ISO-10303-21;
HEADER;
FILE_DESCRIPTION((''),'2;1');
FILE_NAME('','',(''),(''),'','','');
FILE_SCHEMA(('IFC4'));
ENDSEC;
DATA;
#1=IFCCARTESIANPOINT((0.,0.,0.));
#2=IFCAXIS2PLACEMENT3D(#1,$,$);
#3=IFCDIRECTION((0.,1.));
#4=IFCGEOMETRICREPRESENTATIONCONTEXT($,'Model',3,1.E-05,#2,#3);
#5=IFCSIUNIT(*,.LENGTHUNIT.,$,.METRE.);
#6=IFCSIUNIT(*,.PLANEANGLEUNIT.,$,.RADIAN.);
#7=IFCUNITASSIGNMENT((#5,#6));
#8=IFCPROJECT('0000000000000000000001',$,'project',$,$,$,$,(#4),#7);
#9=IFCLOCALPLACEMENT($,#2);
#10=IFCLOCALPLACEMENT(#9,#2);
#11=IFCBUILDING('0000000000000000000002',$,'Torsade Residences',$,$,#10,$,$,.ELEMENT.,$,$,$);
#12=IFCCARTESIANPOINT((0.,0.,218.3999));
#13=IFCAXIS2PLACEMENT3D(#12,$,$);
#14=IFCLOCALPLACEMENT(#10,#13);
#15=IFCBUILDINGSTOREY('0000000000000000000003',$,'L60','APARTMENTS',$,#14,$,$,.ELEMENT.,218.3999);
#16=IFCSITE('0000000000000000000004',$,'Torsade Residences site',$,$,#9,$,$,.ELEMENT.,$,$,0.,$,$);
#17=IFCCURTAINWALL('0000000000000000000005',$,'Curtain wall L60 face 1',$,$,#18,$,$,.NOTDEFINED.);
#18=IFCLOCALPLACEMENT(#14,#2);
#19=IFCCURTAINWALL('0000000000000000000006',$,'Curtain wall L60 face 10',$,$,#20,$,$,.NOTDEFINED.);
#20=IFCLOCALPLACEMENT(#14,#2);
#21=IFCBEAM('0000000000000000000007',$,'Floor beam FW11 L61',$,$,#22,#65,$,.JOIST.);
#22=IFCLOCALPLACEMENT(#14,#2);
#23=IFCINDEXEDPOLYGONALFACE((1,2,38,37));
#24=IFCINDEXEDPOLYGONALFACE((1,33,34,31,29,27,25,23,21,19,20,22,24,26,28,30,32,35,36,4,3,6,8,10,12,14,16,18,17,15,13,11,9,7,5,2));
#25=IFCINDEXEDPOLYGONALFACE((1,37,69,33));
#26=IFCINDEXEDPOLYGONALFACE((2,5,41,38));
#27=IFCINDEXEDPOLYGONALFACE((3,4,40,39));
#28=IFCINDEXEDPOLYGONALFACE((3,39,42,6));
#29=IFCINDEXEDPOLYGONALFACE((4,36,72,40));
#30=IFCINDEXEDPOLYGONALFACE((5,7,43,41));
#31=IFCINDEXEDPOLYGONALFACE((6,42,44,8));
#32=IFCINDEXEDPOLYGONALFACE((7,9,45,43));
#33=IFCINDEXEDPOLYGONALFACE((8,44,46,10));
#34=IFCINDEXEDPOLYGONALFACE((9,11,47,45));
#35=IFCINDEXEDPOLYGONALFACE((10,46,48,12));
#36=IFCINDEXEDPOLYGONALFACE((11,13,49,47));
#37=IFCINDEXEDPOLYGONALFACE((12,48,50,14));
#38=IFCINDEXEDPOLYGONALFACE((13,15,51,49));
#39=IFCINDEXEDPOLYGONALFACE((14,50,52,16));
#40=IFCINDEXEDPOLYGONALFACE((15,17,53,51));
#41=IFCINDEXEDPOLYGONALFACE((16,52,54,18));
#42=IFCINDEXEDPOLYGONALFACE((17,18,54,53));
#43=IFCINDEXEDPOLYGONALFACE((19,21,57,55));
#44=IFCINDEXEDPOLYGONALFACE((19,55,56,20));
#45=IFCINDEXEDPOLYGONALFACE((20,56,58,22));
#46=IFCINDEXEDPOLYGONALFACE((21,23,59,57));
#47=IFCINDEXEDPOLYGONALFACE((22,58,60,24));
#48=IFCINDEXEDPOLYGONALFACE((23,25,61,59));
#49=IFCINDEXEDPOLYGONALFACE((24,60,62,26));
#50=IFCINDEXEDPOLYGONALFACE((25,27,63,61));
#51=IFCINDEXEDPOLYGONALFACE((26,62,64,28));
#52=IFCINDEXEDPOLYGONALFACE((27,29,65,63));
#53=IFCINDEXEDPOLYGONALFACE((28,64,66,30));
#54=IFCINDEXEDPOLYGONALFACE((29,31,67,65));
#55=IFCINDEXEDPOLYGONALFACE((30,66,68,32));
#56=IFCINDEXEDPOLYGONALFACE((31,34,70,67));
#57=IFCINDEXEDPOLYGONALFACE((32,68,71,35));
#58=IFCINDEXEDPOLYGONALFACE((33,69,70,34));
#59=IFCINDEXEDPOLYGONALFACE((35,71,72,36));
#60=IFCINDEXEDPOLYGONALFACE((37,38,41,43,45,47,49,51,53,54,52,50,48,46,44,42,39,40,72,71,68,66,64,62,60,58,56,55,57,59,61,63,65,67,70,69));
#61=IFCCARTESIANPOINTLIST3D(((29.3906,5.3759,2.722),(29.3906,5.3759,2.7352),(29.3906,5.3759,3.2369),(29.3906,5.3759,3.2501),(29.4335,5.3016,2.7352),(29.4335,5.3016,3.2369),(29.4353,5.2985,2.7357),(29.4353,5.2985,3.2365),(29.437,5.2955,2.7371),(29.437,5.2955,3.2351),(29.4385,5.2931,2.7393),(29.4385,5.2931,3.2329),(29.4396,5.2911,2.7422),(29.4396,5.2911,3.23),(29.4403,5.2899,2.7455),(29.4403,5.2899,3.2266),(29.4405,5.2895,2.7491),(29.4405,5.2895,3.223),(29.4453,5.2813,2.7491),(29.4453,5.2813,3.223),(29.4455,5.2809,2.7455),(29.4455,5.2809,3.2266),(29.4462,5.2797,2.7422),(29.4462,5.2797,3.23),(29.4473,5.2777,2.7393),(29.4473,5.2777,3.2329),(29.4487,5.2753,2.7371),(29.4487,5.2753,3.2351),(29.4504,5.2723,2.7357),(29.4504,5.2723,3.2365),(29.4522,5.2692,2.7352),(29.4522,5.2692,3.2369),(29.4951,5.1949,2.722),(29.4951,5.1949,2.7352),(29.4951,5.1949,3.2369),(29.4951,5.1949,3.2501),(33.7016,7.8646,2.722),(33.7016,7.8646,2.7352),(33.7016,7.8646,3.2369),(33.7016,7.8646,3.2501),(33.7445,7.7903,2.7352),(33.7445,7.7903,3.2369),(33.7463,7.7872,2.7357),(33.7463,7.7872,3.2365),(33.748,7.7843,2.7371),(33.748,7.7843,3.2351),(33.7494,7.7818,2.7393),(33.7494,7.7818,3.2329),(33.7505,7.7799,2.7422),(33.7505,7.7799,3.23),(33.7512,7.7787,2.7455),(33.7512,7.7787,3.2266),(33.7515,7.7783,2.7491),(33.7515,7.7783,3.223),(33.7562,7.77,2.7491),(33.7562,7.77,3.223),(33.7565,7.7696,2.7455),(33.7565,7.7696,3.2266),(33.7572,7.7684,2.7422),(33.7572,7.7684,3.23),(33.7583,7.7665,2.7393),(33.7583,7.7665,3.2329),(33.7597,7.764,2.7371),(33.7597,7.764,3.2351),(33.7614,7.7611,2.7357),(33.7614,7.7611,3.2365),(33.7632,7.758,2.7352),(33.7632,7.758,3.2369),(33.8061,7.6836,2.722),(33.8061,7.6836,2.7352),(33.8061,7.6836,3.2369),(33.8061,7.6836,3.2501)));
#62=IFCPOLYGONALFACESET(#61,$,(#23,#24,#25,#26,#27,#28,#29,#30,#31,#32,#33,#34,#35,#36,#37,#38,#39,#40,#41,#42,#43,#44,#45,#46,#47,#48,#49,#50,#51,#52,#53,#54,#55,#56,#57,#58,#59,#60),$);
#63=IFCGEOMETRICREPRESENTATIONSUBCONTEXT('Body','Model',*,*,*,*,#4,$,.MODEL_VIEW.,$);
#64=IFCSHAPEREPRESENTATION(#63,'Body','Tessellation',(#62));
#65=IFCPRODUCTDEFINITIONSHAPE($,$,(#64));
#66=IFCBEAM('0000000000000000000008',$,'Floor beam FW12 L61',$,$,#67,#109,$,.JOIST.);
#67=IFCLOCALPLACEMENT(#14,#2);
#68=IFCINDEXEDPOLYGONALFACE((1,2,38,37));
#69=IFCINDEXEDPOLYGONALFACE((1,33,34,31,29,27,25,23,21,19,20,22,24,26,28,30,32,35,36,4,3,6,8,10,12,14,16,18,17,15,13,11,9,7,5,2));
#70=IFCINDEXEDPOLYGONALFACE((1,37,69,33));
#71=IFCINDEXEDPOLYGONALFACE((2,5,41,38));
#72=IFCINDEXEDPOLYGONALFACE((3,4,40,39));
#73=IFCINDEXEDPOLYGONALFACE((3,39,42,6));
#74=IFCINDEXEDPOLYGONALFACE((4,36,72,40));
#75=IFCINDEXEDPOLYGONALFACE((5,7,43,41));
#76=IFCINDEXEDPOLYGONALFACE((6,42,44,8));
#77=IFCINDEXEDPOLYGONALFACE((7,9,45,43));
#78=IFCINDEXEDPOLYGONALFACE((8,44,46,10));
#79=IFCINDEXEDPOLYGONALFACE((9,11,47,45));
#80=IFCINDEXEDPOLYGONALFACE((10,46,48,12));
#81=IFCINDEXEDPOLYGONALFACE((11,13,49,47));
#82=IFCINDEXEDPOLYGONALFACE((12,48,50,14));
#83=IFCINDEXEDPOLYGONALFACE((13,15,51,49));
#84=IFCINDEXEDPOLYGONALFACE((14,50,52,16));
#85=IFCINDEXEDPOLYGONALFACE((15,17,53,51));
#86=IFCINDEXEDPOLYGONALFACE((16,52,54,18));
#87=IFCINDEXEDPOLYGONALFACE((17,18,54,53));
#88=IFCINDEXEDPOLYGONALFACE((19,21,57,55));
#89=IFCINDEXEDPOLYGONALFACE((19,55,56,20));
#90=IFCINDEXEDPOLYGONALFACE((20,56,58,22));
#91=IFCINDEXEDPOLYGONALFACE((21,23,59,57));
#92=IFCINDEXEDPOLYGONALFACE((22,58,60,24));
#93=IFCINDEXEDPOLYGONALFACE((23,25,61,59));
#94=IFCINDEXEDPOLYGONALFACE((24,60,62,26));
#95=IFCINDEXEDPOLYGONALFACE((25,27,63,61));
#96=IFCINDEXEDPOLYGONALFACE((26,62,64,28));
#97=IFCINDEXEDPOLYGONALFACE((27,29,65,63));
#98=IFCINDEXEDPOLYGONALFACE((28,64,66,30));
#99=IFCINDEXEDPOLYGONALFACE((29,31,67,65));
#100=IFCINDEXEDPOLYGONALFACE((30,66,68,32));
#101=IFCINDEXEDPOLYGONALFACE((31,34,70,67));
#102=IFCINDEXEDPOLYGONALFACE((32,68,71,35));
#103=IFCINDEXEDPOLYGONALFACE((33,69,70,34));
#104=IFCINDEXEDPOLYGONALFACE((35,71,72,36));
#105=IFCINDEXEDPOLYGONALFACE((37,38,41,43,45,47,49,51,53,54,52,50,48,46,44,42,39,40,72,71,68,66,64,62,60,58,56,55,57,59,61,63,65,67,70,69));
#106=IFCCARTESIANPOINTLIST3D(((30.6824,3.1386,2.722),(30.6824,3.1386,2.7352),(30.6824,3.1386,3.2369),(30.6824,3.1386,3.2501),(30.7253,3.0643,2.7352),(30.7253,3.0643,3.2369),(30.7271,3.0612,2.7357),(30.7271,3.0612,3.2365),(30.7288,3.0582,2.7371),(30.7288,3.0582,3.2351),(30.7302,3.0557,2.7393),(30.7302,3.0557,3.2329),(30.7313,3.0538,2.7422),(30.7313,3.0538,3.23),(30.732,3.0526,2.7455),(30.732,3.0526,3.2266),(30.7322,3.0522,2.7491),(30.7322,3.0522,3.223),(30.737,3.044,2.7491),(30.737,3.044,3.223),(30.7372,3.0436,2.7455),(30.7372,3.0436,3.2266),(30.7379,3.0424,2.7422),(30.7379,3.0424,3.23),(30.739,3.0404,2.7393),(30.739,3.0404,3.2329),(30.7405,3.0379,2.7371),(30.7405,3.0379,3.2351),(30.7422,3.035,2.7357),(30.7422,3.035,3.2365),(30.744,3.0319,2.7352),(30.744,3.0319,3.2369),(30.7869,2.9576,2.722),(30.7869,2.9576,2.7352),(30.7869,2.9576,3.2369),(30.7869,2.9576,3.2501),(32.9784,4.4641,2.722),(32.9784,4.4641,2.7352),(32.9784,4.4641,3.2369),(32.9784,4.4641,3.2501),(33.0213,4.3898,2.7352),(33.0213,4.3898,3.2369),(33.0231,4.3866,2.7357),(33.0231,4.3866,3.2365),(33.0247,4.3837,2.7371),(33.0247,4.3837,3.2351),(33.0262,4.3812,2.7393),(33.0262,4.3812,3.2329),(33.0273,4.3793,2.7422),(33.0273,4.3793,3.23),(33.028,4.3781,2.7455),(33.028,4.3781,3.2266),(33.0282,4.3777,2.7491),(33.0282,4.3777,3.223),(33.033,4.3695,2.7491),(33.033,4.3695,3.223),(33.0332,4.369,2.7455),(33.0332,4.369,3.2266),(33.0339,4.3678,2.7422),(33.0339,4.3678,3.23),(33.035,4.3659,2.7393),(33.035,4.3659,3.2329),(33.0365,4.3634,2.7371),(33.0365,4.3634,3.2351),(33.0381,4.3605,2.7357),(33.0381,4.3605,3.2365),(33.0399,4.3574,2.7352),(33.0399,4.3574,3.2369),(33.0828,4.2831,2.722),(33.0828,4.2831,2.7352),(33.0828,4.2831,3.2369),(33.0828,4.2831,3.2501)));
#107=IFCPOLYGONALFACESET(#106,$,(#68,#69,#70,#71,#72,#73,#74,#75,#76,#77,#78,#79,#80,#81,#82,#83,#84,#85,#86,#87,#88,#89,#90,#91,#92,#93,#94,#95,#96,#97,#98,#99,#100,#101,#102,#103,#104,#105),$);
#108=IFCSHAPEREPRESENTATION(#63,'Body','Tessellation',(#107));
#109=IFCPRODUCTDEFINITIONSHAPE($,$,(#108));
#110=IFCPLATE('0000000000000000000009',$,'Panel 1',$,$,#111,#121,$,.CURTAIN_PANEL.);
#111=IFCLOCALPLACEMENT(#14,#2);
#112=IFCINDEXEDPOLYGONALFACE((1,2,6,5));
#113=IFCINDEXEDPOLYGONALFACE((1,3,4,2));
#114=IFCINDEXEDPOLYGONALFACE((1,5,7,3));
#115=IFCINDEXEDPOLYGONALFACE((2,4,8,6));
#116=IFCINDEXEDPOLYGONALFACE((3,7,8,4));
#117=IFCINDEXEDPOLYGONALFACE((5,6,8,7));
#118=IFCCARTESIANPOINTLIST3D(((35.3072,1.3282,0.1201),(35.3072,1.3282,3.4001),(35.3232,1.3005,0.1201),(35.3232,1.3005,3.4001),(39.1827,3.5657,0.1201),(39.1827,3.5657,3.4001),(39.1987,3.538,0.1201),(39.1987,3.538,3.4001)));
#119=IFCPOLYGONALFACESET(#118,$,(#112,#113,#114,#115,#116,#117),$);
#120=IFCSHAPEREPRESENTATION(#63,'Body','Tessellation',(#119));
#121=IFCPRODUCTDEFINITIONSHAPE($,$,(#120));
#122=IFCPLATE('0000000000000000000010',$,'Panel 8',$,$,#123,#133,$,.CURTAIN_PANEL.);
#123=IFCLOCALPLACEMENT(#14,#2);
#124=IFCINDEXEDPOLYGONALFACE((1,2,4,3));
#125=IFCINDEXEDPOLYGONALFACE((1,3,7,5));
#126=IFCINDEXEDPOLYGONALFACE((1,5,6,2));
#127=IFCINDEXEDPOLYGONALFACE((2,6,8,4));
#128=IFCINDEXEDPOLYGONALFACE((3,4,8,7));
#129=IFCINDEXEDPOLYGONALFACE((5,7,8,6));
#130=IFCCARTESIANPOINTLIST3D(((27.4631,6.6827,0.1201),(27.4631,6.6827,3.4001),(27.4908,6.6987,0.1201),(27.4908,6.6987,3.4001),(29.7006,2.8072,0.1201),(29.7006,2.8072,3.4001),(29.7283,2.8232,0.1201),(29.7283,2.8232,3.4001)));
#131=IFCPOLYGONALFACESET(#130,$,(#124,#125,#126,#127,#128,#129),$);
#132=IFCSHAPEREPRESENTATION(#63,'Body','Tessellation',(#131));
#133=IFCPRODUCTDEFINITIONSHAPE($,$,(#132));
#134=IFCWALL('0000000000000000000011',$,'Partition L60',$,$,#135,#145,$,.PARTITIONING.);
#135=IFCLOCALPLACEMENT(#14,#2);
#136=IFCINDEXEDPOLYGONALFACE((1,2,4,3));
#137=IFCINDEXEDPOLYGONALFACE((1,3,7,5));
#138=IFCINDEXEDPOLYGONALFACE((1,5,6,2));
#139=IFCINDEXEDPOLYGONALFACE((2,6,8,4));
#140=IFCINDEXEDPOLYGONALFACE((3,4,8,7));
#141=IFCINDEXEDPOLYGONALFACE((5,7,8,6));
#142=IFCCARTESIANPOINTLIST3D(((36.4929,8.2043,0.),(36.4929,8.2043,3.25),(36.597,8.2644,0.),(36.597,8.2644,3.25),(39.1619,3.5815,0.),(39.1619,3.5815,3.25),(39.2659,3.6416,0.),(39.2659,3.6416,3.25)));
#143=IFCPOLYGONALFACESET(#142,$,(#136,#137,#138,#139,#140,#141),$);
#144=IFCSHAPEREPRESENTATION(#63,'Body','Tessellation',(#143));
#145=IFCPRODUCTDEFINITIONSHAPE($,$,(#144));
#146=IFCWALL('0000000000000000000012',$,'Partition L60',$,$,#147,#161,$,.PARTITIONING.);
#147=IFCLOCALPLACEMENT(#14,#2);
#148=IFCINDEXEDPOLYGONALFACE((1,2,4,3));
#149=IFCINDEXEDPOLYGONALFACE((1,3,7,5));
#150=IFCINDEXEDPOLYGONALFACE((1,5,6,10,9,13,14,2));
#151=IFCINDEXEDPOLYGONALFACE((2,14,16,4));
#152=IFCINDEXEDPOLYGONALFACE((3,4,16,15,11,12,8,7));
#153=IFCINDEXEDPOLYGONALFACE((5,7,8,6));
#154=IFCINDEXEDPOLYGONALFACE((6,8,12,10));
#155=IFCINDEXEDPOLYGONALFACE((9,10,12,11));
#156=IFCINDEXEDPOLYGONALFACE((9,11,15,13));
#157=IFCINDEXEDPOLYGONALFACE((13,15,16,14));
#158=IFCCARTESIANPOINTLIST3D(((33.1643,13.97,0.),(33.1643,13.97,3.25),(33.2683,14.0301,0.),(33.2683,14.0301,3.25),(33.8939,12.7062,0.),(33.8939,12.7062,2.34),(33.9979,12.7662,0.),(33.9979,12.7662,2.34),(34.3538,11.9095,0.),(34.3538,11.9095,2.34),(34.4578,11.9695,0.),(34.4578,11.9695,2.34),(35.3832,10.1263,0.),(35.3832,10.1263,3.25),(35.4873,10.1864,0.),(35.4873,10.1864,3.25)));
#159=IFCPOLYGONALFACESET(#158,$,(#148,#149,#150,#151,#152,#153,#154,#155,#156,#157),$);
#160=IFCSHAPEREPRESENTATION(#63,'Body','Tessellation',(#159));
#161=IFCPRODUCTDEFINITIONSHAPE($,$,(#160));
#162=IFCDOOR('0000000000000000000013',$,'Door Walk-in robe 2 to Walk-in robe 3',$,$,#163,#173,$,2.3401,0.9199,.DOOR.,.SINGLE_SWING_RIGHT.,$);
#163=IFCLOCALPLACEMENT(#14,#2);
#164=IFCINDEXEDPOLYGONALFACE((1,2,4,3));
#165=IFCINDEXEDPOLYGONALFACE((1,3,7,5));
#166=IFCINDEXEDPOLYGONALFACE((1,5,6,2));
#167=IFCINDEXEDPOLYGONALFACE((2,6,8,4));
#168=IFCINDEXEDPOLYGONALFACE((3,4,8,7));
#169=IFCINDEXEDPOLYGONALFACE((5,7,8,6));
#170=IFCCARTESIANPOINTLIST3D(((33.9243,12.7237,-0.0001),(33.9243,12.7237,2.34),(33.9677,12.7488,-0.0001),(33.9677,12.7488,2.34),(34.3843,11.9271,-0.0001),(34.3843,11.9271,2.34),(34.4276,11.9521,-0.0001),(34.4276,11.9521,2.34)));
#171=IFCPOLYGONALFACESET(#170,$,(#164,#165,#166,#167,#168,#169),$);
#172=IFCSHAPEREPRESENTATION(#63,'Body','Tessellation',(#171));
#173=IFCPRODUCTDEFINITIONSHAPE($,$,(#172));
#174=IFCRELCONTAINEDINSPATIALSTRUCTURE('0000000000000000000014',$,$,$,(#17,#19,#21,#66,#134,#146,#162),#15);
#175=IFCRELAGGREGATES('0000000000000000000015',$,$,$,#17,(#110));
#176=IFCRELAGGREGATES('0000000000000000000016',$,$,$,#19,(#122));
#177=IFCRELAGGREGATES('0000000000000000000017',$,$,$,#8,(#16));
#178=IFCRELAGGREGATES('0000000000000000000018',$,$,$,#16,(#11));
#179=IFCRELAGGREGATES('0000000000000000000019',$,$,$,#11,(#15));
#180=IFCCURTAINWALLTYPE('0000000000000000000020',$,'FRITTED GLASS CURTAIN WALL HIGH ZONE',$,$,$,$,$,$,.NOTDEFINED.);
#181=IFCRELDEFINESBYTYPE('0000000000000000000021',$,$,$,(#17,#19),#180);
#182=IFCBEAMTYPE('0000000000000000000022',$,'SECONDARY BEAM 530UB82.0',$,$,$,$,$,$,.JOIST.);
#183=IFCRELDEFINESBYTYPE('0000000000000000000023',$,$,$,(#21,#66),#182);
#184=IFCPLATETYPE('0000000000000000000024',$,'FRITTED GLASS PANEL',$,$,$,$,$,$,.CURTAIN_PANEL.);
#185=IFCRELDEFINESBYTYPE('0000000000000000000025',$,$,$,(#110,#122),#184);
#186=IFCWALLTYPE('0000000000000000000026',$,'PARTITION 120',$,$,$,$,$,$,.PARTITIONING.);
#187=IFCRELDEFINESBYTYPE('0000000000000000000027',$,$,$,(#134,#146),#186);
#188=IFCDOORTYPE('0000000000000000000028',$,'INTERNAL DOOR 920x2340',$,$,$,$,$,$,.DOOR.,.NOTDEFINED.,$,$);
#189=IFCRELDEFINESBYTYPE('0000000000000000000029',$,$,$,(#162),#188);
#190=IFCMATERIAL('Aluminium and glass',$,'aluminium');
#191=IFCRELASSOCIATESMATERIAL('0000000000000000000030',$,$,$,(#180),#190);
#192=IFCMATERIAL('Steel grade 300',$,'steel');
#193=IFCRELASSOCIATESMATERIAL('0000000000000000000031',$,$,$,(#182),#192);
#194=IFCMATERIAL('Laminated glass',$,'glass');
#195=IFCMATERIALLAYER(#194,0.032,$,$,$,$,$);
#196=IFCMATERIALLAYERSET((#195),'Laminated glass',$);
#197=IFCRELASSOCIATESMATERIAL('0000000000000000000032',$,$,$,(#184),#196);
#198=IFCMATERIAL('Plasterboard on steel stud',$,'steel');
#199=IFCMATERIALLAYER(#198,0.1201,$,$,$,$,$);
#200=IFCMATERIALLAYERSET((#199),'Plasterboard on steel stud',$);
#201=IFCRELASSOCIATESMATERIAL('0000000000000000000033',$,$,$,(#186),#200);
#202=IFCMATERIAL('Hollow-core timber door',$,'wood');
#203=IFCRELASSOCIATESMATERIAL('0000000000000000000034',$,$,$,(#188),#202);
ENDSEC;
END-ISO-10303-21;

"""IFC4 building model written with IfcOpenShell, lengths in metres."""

from ifc_helpers import new_model, si_unit, direction, frame, frame_2d, origin, origin_2d, place, context, subcontext, project, spatial, rectangle, i_section, extrude, material, layer, layer_set, material_profile, profile_set, type_object, element, fill, aggregate, save


model = new_model("IFC4")

# Units and contexts
model_context = context("Model", 3, precision=1e-05, world=origin(), true_north=direction((0.0, 1.0)))
body_context = subcontext(model_context, "Body", "Model", "MODEL_VIEW")
ifc_project = project(units=[si_unit("LENGTHUNIT", "METRE"), si_unit("PLANEANGLEUNIT", "RADIAN")], contexts=[model_context])

# Site, building, storey
site_placement = place(None, origin())
site = spatial("IfcSite", under=ifc_project, at=site_placement, Name="Torsade Residences site", CompositionType="ELEMENT", RefElevation=0.0)
building_placement = place(site_placement, origin())
building = spatial("IfcBuilding", under=site, at=building_placement, Name="Torsade Residences", CompositionType="ELEMENT")
storey_placement = place(building_placement, frame((0.0, 0.0, 218.3999)))
storey = spatial("IfcBuildingStorey", under=building, at=storey_placement, Name="L60", Description="APARTMENTS", CompositionType="ELEMENT", Elevation=218.3999)

# Curtain walls
ifc_material_1 = material(Name="Aluminium and glass", Category="aluminium")
curtain_wall_type = type_object("IfcCurtainWallType", Name="FRITTED GLASS CURTAIN WALL HIGH ZONE", PredefinedType="NOTDEFINED", material=ifc_material_1)
curtain_wall_1_placement = place(storey_placement, origin())
curtain_wall_1 = element("IfcCurtainWall", 1, at=curtain_wall_1_placement, inside=storey, type_object=curtain_wall_type, Name="Curtain wall L60 face 1", PredefinedType="NOTDEFINED")
curtain_wall_2_placement = place(storey_placement, origin())
curtain_wall_2 = element("IfcCurtainWall", 2, at=curtain_wall_2_placement, inside=storey, type_object=curtain_wall_type, Name="Curtain wall L60 face 10", PredefinedType="NOTDEFINED")

# Beams
ifc_material_2 = material(Name="Steel grade 300", Category="steel")
ifc_material_profile_1 = material_profile(ifc_material_2, i_section(OverallWidth=0.209, OverallDepth=0.5281, WebThickness=0.0095, FlangeThickness=0.0132, FilletRadius=0.0139, at=origin_2d()), Name="530UB82.0")
ifc_profile_set_1 = profile_set([ifc_material_profile_1], Name="Steel grade 300")
beam_type_1 = type_object("IfcBeamType", Name="SECONDARY BEAM 530UB82.0", PredefinedType="JOIST", material=ifc_profile_set_1)
beam_1_placement = place(storey_placement, frame((29.4429, 5.2854, 2.9861), z_axis=(0.866043, 0.499969, 0.0), x_axis=(-0.499969, 0.866043, 0.0)))
element("IfcBeam", 3, at=beam_1_placement, inside=storey, type_object=beam_type_1, Name="Floor beam FW11 L61", PredefinedType="JOIST", context=body_context, shape_type="SweptSolid", body=[
    extrude(i_section(OverallWidth=0.209, OverallDepth=0.5281, WebThickness=0.0095, FlangeThickness=0.0132, FilletRadius=0.0139, at=origin_2d()), origin(), (0.0, 0.0, 1.0), 4.9778),
])
beam_2_placement = place(storey_placement, frame((30.7346, 3.0481, 2.9861), z_axis=(0.866041, 0.499972, 0.0), x_axis=(-0.499972, 0.866041, 0.0)))
element("IfcBeam", 4, at=beam_2_placement, inside=storey, type_object=beam_type_1, Name="Floor beam FW12 L61", PredefinedType="JOIST", context=body_context, shape_type="SweptSolid", body=[
    extrude(i_section(OverallWidth=0.209, OverallDepth=0.5281, WebThickness=0.0095, FlangeThickness=0.0132, FilletRadius=0.0139, at=origin_2d()), origin(), (0.0, 0.0, 1.0), 2.6511),
])

# Plates
ifc_material_3 = material(Name="Laminated glass", Category="glass")
ifc_layer_1 = layer(ifc_material_3, 0.032)
ifc_layer_set_1 = layer_set([ifc_layer_1], Name="Laminated glass")
plate_type = type_object("IfcPlateType", Name="FRITTED GLASS PANEL", PredefinedType="CURTAIN_PANEL", material=ifc_layer_set_1)
plate_1_placement = place(storey_placement, frame((37.2529, 2.4331, 0.1201), z_axis=(0.0, 0.0, 1.0), x_axis=(0.866025, 0.5, 0.0)))
plate_1 = element("IfcPlate", 5, at=plate_1_placement, type_object=plate_type, Name="Panel 1", PredefinedType="CURTAIN_PANEL", context=body_context, shape_type="SweptSolid", body=[
    extrude(rectangle(XDim=4.4751, YDim=0.032, at=origin_2d()), origin(), (0.0, 0.0, 1.0), 3.28),
])
aggregate(curtain_wall_1, [plate_1])
plate_2_placement = place(storey_placement, frame((28.5957, 4.7529, 0.1201), z_axis=(0.0, 0.0, 1.0), x_axis=(0.5, -0.866025, 0.0)))
plate_2 = element("IfcPlate", 6, at=plate_2_placement, type_object=plate_type, Name="Panel 8", PredefinedType="CURTAIN_PANEL", context=body_context, shape_type="SweptSolid", body=[
    extrude(rectangle(XDim=4.4751, YDim=0.032, at=origin_2d()), origin(), (0.0, 0.0, 1.0), 3.28),
])
aggregate(curtain_wall_2, [plate_2])

# Wall
ifc_material_4 = material(Name="Plasterboard on steel stud", Category="steel")
ifc_layer_2 = layer(ifc_material_4, 0.1201)
ifc_layer_set_2 = layer_set([ifc_layer_2], Name="Plasterboard on steel stud")
wall_type_1 = type_object("IfcWallType", Name="PARTITION 120", PredefinedType="PARTITIONING", material=ifc_layer_set_2)
wall_1_placement = place(storey_placement, frame((39.2139, 3.6116, 0.0), z_axis=(0.0, 0.0, 1.0), x_axis=(-0.499996, 0.866028, 0.0)))
element("IfcWall", 7, at=wall_1_placement, inside=storey, type_object=wall_type_1, Name="Partition L60", PredefinedType="PARTITIONING", context=body_context, shape_type="SweptSolid", body=[
    extrude(rectangle(XDim=5.3379, YDim=0.1201, at=frame_2d((2.6689, 0.0))), origin(), (0.0, 0.0, 1.0), 3.25),
])

# Wall, opening, door
wall_2_placement = place(storey_placement, frame((35.4353, 10.1562, 0.0), z_axis=(0.0, 0.0, 1.0), x_axis=(-0.499967, 0.866045, 0.0)))
wall_2 = element("IfcWall", 8, at=wall_2_placement, inside=storey, type_object=wall_type_1, Name="Partition L60", PredefinedType="PARTITIONING", context=body_context, shape_type="SweptSolid", body=[
    extrude(rectangle(XDim=4.4382, YDim=0.1201, at=frame_2d((2.2192, 0.0))), origin(), (0.0, 0.0, 1.0), 3.25),
])
opening_1_placement = place(wall_2_placement, frame((2.0591, 0.0, 0.0)))
opening_1 = element("IfcOpeningElement", 9, at=opening_1_placement, cuts=wall_2, PredefinedType="OPENING", context=body_context, shape_type="SweptSolid", body=[
    extrude(rectangle(XDim=0.9199, YDim=2.3401, at=frame_2d((0.46, 1.1699))), frame((0.0, 0.0701, 0.0), z_axis=(0.0, -1.0, 0.0), x_axis=(1.0, 0.0, 0.0)), (0.0, 0.0, 1.0), 0.1401),
])
ifc_material_5 = material(Name="Hollow-core timber door", Category="wood")
door_type_1 = type_object("IfcDoorType", Name="INTERNAL DOOR 920x2340", OperationType="NOTDEFINED", PredefinedType="DOOR", material=ifc_material_5)
door_1_placement = place(opening_1_placement, origin())
door_1 = element("IfcDoor", 10, at=door_1_placement, inside=storey, type_object=door_type_1, Name="Door Walk-in robe 2 to Walk-in robe 3", OperationType="SINGLE_SWING_RIGHT", OverallHeight=2.3401, OverallWidth=0.9199, PredefinedType="DOOR", context=body_context, shape_type="SweptSolid", body=[
    extrude(rectangle(XDim=0.9199, YDim=2.3401, at=frame_2d((0.46, 1.1699))), frame((0.0, 0.0249, 0.0), z_axis=(0.0, -1.0, 0.0), x_axis=(1.0, 0.0, 0.0)), (0.0, 0.0, 1.0), 0.05),
])
fill(opening_1, door_1)

save(model, "model.ifc")
